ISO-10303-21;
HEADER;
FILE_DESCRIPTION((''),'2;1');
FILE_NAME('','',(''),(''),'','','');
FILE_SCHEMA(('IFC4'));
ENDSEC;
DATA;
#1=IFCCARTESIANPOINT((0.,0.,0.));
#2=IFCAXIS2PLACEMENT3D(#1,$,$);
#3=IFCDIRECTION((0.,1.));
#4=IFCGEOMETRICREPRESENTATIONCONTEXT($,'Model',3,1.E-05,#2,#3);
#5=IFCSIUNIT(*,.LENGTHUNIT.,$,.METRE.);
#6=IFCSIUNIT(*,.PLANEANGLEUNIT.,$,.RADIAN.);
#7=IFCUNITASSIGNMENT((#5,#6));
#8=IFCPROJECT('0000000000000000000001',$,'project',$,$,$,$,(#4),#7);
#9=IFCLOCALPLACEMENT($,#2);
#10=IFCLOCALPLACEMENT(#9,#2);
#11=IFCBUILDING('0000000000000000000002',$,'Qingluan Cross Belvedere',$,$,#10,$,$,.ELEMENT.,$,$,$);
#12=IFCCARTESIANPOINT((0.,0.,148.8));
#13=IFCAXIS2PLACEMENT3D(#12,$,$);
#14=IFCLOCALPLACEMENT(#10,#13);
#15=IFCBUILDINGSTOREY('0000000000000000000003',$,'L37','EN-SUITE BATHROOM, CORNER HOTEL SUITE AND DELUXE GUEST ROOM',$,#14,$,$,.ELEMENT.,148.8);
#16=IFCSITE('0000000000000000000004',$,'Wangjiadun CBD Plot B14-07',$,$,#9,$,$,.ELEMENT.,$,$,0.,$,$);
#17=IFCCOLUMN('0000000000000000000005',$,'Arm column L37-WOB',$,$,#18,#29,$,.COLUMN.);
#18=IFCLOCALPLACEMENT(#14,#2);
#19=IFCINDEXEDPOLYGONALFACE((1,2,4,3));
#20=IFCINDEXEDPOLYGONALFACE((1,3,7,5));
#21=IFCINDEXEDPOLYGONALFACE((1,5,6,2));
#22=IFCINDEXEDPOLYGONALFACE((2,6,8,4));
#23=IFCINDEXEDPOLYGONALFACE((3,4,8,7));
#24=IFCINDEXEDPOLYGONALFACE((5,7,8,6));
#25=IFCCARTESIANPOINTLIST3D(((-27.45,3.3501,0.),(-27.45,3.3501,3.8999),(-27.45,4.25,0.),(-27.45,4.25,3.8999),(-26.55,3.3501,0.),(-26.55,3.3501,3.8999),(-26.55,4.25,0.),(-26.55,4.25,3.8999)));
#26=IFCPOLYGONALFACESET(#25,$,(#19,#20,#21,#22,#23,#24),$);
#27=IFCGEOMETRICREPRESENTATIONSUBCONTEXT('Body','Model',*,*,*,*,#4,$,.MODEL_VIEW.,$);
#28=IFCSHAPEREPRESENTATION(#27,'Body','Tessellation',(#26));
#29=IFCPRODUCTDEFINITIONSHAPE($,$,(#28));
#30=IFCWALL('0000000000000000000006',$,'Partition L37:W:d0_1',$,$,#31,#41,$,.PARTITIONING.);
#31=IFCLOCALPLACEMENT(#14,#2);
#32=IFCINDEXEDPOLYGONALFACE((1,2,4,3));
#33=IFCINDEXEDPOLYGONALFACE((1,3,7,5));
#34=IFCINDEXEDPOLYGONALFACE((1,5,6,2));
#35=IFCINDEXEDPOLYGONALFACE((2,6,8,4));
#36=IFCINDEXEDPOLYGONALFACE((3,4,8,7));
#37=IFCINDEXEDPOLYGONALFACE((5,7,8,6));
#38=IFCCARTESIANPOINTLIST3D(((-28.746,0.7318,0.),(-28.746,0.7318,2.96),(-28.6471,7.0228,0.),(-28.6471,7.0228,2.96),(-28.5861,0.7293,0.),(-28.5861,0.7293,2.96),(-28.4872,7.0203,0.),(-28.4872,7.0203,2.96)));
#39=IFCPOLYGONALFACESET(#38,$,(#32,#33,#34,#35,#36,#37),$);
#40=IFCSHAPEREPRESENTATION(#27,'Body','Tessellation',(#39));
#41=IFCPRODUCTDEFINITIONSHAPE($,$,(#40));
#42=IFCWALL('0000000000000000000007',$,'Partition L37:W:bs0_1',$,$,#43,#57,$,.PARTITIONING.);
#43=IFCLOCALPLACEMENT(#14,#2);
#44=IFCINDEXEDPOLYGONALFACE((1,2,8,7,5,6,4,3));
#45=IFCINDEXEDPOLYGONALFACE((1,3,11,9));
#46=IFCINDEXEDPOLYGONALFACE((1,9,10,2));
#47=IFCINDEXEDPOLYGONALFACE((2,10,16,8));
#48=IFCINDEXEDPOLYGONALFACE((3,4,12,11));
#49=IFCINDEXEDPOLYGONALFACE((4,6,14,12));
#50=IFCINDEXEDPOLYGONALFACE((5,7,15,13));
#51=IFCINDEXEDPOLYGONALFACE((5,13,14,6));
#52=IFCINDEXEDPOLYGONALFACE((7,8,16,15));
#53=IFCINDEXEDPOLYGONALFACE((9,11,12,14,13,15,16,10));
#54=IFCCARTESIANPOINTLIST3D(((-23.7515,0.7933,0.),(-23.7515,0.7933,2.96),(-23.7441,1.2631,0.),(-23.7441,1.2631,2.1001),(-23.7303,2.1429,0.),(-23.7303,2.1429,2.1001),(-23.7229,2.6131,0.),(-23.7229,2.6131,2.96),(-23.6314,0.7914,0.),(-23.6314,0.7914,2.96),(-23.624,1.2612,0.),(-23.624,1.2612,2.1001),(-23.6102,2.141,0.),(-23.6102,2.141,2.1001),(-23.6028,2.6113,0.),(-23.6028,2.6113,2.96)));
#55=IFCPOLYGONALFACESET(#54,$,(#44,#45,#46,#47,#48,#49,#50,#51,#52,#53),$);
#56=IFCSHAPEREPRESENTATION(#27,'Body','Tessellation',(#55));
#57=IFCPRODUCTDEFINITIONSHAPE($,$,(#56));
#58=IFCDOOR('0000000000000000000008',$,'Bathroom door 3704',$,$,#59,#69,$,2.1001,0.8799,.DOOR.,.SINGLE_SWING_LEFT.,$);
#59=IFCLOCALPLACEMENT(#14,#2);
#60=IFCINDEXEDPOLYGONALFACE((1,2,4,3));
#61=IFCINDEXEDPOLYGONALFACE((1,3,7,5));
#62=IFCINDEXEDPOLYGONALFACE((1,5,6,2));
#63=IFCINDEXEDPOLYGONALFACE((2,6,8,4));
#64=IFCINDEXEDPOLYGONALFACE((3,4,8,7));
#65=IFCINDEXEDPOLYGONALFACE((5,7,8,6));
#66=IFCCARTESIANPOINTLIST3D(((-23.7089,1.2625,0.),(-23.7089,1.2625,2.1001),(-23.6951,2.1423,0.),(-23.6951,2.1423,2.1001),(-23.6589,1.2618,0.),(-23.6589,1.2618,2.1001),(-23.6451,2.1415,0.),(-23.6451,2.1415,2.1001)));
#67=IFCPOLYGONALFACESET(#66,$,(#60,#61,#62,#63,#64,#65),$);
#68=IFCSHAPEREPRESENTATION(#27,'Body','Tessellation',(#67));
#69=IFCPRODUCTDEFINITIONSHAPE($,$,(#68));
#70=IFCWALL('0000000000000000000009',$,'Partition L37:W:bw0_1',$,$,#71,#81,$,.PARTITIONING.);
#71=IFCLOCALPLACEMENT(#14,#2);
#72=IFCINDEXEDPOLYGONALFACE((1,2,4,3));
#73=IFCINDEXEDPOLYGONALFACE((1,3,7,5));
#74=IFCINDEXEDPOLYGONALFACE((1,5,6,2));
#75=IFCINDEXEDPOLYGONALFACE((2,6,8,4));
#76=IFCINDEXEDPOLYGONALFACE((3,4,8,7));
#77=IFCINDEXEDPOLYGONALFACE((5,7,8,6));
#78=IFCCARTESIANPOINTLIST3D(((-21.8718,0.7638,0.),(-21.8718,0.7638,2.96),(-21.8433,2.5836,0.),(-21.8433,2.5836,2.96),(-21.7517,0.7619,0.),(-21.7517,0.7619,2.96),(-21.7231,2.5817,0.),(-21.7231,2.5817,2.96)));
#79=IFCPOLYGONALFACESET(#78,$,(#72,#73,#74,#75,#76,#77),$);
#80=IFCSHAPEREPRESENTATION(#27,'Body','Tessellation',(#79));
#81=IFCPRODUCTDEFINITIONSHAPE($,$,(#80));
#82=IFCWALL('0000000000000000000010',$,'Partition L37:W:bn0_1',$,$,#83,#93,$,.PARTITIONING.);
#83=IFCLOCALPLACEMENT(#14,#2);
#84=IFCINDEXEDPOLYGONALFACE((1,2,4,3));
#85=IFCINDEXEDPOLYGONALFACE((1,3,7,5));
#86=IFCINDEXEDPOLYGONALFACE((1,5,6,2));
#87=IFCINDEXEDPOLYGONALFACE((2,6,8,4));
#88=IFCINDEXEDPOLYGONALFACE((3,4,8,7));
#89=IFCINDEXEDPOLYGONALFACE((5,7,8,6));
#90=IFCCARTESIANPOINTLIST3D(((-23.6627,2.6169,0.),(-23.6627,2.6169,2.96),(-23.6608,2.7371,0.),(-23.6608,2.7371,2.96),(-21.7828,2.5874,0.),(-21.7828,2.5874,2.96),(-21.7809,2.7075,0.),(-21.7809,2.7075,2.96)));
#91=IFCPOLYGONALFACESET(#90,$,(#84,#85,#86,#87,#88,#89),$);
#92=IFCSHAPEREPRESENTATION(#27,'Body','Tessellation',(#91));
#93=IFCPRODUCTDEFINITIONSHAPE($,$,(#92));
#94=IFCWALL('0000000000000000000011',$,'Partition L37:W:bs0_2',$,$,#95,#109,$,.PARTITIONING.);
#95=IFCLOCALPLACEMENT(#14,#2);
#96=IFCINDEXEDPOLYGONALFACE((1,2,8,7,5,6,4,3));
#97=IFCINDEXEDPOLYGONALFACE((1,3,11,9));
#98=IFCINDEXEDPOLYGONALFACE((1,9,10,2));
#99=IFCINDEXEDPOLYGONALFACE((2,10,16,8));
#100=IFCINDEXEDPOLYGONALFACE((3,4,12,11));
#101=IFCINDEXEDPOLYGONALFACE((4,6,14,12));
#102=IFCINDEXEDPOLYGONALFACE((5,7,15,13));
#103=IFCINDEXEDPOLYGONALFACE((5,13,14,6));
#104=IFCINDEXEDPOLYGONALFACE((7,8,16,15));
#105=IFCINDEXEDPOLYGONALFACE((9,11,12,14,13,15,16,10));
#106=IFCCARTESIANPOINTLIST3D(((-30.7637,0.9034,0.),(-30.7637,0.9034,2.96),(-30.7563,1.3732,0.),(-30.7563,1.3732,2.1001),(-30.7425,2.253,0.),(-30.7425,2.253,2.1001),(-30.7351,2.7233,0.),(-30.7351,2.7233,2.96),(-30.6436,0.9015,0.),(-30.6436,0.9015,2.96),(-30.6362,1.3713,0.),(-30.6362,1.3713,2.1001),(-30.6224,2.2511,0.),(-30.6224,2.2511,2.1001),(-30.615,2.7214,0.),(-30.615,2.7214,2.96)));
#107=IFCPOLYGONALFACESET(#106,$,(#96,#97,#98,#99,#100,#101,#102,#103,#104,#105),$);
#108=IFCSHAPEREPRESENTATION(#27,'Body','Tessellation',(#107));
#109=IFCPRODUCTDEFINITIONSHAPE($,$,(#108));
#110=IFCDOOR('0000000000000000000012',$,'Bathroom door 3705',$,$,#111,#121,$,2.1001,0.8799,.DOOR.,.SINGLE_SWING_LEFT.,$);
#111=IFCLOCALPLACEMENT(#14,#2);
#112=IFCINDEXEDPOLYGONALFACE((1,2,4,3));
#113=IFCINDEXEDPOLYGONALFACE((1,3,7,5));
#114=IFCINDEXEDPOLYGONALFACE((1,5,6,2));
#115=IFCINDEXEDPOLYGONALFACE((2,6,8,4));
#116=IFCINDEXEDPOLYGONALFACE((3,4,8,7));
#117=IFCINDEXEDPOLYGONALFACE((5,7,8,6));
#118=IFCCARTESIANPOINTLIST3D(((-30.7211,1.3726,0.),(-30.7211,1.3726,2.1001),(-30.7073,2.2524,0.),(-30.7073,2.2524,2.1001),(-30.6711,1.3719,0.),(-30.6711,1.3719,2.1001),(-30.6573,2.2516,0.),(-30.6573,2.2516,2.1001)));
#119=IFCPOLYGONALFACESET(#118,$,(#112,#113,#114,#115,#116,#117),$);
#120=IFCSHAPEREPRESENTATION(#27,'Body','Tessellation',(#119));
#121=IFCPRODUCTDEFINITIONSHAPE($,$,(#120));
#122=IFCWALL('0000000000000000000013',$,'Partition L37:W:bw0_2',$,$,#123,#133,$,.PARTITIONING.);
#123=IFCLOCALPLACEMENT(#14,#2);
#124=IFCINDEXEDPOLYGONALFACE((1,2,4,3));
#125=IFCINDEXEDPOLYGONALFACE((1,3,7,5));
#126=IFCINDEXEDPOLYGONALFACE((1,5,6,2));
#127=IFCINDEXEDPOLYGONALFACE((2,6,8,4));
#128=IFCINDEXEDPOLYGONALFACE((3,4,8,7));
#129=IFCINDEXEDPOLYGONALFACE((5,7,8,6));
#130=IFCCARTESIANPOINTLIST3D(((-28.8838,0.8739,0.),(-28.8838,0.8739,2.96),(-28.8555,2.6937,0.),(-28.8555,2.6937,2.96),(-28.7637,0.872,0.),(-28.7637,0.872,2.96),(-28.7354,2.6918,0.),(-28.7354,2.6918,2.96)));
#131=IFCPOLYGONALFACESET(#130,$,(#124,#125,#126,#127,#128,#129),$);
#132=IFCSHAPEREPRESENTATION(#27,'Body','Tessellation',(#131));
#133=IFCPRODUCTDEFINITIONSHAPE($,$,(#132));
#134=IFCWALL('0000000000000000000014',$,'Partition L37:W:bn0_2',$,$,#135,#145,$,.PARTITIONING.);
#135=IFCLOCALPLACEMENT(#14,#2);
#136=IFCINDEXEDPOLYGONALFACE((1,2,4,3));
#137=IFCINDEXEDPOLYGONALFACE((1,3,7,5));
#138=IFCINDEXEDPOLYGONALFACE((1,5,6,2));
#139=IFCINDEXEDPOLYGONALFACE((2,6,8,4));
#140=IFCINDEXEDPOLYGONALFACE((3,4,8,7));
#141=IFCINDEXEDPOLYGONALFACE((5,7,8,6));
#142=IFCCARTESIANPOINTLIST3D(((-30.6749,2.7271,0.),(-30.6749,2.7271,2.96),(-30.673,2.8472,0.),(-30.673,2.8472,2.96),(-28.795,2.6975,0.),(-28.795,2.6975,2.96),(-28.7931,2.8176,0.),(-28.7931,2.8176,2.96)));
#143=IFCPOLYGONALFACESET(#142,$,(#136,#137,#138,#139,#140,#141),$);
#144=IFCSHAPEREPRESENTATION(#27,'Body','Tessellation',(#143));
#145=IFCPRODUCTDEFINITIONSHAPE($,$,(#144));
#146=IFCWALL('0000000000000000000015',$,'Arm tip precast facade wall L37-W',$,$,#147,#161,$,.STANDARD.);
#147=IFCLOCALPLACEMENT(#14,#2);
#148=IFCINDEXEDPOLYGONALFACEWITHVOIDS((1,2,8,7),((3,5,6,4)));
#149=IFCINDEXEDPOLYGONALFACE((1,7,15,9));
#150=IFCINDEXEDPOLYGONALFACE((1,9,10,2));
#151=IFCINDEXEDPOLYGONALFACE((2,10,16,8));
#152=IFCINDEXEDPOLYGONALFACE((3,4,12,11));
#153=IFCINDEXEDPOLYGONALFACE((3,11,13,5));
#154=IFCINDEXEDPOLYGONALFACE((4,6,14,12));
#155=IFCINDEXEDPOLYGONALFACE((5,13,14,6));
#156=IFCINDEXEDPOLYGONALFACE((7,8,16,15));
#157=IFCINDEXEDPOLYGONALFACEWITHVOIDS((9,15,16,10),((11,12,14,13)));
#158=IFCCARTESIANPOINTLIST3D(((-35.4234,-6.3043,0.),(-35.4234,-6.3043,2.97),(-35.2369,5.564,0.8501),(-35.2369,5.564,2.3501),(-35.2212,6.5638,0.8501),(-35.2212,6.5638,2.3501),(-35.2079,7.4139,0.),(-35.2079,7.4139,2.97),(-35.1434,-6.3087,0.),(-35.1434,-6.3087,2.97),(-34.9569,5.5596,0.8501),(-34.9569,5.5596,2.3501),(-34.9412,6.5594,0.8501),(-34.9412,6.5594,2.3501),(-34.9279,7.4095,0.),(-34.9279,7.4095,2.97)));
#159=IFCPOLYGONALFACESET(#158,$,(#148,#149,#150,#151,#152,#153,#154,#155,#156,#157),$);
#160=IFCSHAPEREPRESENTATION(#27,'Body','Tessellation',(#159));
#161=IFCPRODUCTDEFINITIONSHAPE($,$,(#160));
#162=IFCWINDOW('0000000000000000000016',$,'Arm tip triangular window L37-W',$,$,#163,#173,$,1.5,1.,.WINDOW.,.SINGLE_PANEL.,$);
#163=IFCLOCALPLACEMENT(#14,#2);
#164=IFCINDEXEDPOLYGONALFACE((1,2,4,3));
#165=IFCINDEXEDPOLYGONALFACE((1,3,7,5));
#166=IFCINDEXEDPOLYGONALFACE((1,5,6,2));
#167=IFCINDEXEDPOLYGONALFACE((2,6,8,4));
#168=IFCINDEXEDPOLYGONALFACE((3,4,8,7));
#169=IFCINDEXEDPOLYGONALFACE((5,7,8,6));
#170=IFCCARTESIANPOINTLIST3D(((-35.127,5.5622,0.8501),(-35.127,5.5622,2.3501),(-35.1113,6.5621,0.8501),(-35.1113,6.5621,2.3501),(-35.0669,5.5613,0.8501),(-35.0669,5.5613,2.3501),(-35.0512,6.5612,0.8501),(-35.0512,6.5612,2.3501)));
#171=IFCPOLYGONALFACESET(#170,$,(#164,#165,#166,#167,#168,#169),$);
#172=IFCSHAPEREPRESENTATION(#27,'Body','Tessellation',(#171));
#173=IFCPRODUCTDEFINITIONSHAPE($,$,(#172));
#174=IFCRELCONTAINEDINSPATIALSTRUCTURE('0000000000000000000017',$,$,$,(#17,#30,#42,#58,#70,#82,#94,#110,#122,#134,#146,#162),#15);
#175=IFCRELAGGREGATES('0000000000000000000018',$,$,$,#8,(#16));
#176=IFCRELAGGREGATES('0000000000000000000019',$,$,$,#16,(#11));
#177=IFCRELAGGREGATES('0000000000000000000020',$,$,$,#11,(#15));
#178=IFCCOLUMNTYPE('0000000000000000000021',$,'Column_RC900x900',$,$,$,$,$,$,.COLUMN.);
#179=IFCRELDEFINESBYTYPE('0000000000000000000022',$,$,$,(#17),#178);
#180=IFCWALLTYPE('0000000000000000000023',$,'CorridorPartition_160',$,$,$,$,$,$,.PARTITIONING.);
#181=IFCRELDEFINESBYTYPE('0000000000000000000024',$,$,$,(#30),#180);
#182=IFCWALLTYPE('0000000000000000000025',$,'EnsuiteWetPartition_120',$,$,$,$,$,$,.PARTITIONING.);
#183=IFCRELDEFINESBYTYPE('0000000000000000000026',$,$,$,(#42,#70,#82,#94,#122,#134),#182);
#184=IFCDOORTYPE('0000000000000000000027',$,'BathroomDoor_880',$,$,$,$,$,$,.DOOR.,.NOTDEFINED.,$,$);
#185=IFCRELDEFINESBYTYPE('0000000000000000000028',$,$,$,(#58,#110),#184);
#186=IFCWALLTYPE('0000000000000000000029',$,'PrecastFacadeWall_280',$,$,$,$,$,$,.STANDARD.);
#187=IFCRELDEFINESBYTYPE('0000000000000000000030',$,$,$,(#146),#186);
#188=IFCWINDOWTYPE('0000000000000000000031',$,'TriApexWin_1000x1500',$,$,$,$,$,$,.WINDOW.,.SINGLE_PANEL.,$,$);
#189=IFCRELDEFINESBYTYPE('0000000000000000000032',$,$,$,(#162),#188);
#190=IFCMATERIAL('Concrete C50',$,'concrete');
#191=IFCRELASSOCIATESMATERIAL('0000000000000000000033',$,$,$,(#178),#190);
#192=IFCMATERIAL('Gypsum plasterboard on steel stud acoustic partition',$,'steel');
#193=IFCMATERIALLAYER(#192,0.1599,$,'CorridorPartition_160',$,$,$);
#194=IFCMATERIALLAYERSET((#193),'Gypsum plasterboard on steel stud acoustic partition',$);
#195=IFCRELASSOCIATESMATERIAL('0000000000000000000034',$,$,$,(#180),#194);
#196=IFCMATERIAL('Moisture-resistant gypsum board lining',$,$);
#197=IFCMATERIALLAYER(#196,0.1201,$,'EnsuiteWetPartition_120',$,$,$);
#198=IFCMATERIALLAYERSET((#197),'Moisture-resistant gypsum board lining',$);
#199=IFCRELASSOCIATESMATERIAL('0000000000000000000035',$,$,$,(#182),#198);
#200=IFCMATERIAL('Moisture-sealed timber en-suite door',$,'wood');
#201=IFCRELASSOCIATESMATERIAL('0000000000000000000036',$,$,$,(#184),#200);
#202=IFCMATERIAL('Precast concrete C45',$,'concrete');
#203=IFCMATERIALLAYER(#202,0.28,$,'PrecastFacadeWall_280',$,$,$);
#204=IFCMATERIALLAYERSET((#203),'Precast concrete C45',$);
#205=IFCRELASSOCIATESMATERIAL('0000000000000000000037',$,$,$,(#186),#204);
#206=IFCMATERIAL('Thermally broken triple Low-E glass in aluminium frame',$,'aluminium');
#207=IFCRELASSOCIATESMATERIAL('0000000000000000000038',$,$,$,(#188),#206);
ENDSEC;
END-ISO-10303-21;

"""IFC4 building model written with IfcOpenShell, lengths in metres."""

from ifc_helpers import new_model, si_unit, direction, frame, frame_2d, origin, origin_2d, place, context, subcontext, project, spatial, rectangle, extrude, material, layer, layer_set, material_profile, profile_set, type_object, element, fill, save


model = new_model("IFC4")

# Units and contexts
model_context = context("Model", 3, precision=1e-05, world=origin(), true_north=direction((0.0, 1.0)))
body_context = subcontext(model_context, "Body", "Model", "MODEL_VIEW")
ifc_project = project(units=[si_unit("LENGTHUNIT", "METRE"), si_unit("PLANEANGLEUNIT", "RADIAN")], contexts=[model_context])

# Site, building, storey
site_placement = place(None, origin())
site = spatial("IfcSite", under=ifc_project, at=site_placement, Name="Wangjiadun CBD Plot B14-07", CompositionType="ELEMENT", RefElevation=0.0)
building_placement = place(site_placement, origin())
building = spatial("IfcBuilding", under=site, at=building_placement, Name="Qingluan Cross Belvedere", CompositionType="ELEMENT")
storey_placement = place(building_placement, frame((0.0, 0.0, 148.8)))
storey = spatial("IfcBuildingStorey", under=building, at=storey_placement, Name="L37", Description="EN-SUITE BATHROOM, CORNER HOTEL SUITE AND DELUXE GUEST ROOM", CompositionType="ELEMENT", Elevation=148.8)

# Column
ifc_material_1 = material(Name="Concrete C50", Category="concrete")
ifc_material_profile = material_profile(ifc_material_1, rectangle(XDim=0.8999, YDim=0.8999, at=origin_2d()), Name="RC900x900")
ifc_profile_set = profile_set([ifc_material_profile], Name="Concrete C50")
column_type = type_object("IfcColumnType", Name="Column_RC900x900", PredefinedType="COLUMN", material=ifc_profile_set)
column_placement = place(storey_placement, frame((-27.0, 3.8, 0.0), z_axis=(0.0, 0.0, 1.0), x_axis=(1.0, 0.0, 0.0)))
element("IfcColumn", 1, at=column_placement, inside=storey, type_object=column_type, Name="Arm column L37-WOB", PredefinedType="COLUMN", context=body_context, shape_type="SweptSolid", body=[
    extrude(rectangle(XDim=0.8999, YDim=0.8999, at=origin_2d()), origin(), (0.0, 0.0, 1.0), 3.8999),
])

# Wall
ifc_material_2 = material(Name="Gypsum plasterboard on steel stud acoustic partition", Category="steel")
ifc_layer_1 = layer(ifc_material_2, 0.1599, Name="CorridorPartition_160")
ifc_layer_set_1 = layer_set([ifc_layer_1], Name="Gypsum plasterboard on steel stud acoustic partition")
wall_type_1 = type_object("IfcWallType", Name="CorridorPartition_160", PredefinedType="PARTITIONING", material=ifc_layer_set_1)
wall_1_placement = place(storey_placement, frame((-28.666, 0.7305, 0.0), z_axis=(0.0, 0.0, 1.0), x_axis=(0.015715, 0.999877, 0.0)))
element("IfcWall", 2, at=wall_1_placement, inside=storey, type_object=wall_type_1, Name="Partition L37:W:d0_1", PredefinedType="PARTITIONING", context=body_context, shape_type="SweptSolid", body=[
    extrude(rectangle(XDim=6.2917, YDim=0.1599, at=frame_2d((3.146, 0.0))), origin(), (0.0, 0.0, 1.0), 2.96),
])

# Wall, opening, door
ifc_material_3 = material(Name="Moisture-resistant gypsum board lining")
ifc_layer_2 = layer(ifc_material_3, 0.1201, Name="EnsuiteWetPartition_120")
ifc_layer_set_2 = layer_set([ifc_layer_2], Name="Moisture-resistant gypsum board lining")
wall_type_2 = type_object("IfcWallType", Name="EnsuiteWetPartition_120", PredefinedType="PARTITIONING", material=ifc_layer_set_2)
wall_2_placement = place(storey_placement, frame((-23.6914, 0.7922, 0.0), z_axis=(0.0, 0.0, 1.0), x_axis=(0.015694, 0.999877, 0.0)))
wall_2 = element("IfcWall", 3, at=wall_2_placement, inside=storey, type_object=wall_type_2, Name="Partition L37:W:bs0_1", PredefinedType="PARTITIONING", context=body_context, shape_type="SweptSolid", body=[
    extrude(rectangle(XDim=1.8201, YDim=0.1201, at=frame_2d((0.9102, 0.0))), origin(), (0.0, 0.0, 1.0), 2.96),
])
opening_1_placement = place(wall_2_placement, frame((0.47, 0.0, 0.0)))
opening_1 = element("IfcOpeningElement", 4, at=opening_1_placement, cuts=wall_2, PredefinedType="OPENING", context=body_context, shape_type="SweptSolid", body=[
    extrude(rectangle(XDim=0.8799, YDim=2.1001, at=frame_2d((0.4399, 1.05))), frame((0.0, 0.0701, 0.0), z_axis=(0.0, -1.0, 0.0), x_axis=(1.0, 0.0, 0.0)), (0.0, 0.0, 1.0), 0.1401),
])
ifc_material_4 = material(Name="Moisture-sealed timber en-suite door", Category="wood")
door_type = type_object("IfcDoorType", Name="BathroomDoor_880", OperationType="NOTDEFINED", PredefinedType="DOOR", material=ifc_material_4)
door_1_placement = place(opening_1_placement, origin())
door_1 = element("IfcDoor", 5, at=door_1_placement, inside=storey, type_object=door_type, Name="Bathroom door 3704", OperationType="SINGLE_SWING_LEFT", OverallHeight=2.1001, OverallWidth=0.8799, PredefinedType="DOOR", context=body_context, shape_type="SweptSolid", body=[
    extrude(rectangle(XDim=0.8799, YDim=2.1001, at=frame_2d((0.4399, 1.05))), frame((0.0, 0.0249, 0.0), z_axis=(0.0, -1.0, 0.0), x_axis=(1.0, 0.0, 0.0)), (0.0, 0.0, 1.0), 0.05),
])
fill(opening_1, door_1)

# Walls
wall_3_placement = place(storey_placement, frame((-21.8118, 0.7627, 0.0), z_axis=(0.0, 0.0, 1.0), x_axis=(0.015694, 0.999877, 0.0)))
element("IfcWall", 6, at=wall_3_placement, inside=storey, type_object=wall_type_2, Name="Partition L37:W:bw0_1", PredefinedType="PARTITIONING", context=body_context, shape_type="SweptSolid", body=[
    extrude(rectangle(XDim=1.8201, YDim=0.1201, at=frame_2d((0.9102, 0.0))), origin(), (0.0, 0.0, 1.0), 2.96),
])
wall_4_placement = place(storey_placement, frame((-21.782, 2.6475, 0.0), z_axis=(0.0, 0.0, 1.0), x_axis=(-0.999877, 0.015712, 0.0)))
element("IfcWall", 7, at=wall_4_placement, inside=storey, type_object=wall_type_2, Name="Partition L37:W:bn0_1", PredefinedType="PARTITIONING", context=body_context, shape_type="SweptSolid", body=[
    extrude(rectangle(XDim=1.8801, YDim=0.1201, at=frame_2d((0.9399, 0.0))), origin(), (0.0, 0.0, 1.0), 2.96),
])

# Wall, opening, door
wall_5_placement = place(storey_placement, frame((-30.7036, 0.9023, 0.0), z_axis=(0.0, 0.0, 1.0), x_axis=(0.015694, 0.999877, 0.0)))
wall_5 = element("IfcWall", 8, at=wall_5_placement, inside=storey, type_object=wall_type_2, Name="Partition L37:W:bs0_2", PredefinedType="PARTITIONING", context=body_context, shape_type="SweptSolid", body=[
    extrude(rectangle(XDim=1.8201, YDim=0.1201, at=frame_2d((0.9102, 0.0))), origin(), (0.0, 0.0, 1.0), 2.96),
])
opening_2_placement = place(wall_5_placement, frame((0.47, 0.0, 0.0)))
opening_2 = element("IfcOpeningElement", 9, at=opening_2_placement, cuts=wall_5, PredefinedType="OPENING", context=body_context, shape_type="SweptSolid", body=[
    extrude(rectangle(XDim=0.8799, YDim=2.1001, at=frame_2d((0.4399, 1.05))), frame((0.0, 0.0701, 0.0), z_axis=(0.0, -1.0, 0.0), x_axis=(1.0, 0.0, 0.0)), (0.0, 0.0, 1.0), 0.1401),
])
door_2_placement = place(opening_2_placement, origin())
door_2 = element("IfcDoor", 10, at=door_2_placement, inside=storey, type_object=door_type, Name="Bathroom door 3705", OperationType="SINGLE_SWING_LEFT", OverallHeight=2.1001, OverallWidth=0.8799, PredefinedType="DOOR", context=body_context, shape_type="SweptSolid", body=[
    extrude(rectangle(XDim=0.8799, YDim=2.1001, at=frame_2d((0.4399, 1.05))), frame((0.0, 0.0249, 0.0), z_axis=(0.0, -1.0, 0.0), x_axis=(1.0, 0.0, 0.0)), (0.0, 0.0, 1.0), 0.05),
])
fill(opening_2, door_2)

# Walls
wall_6_placement = place(storey_placement, frame((-28.8237, 0.8728, 0.0), z_axis=(0.0, 0.0, 1.0), x_axis=(0.01556, 0.999879, 0.0)))
element("IfcWall", 11, at=wall_6_placement, inside=storey, type_object=wall_type_2, Name="Partition L37:W:bw0_2", PredefinedType="PARTITIONING", context=body_context, shape_type="SweptSolid", body=[
    extrude(rectangle(XDim=1.8201, YDim=0.1201, at=frame_2d((0.9102, 0.0))), origin(), (0.0, 0.0, 1.0), 2.96),
])
wall_7_placement = place(storey_placement, frame((-28.7942, 2.7576, 0.0), z_axis=(0.0, 0.0, 1.0), x_axis=(-0.999877, 0.015712, 0.0)))
element("IfcWall", 12, at=wall_7_placement, inside=storey, type_object=wall_type_2, Name="Partition L37:W:bn0_2", PredefinedType="PARTITIONING", context=body_context, shape_type="SweptSolid", body=[
    extrude(rectangle(XDim=1.8801, YDim=0.1201, at=frame_2d((0.9399, 0.0))), origin(), (0.0, 0.0, 1.0), 2.96),
])

# Wall, opening, window
ifc_material_5 = material(Name="Precast concrete C45", Category="concrete")
ifc_layer_3 = layer(ifc_material_5, 0.28, Name="PrecastFacadeWall_280")
ifc_layer_set_3 = layer_set([ifc_layer_3], Name="Precast concrete C45")
wall_type_3 = type_object("IfcWallType", Name="PrecastFacadeWall_280", PredefinedType="STANDARD", material=ifc_layer_set_3)
wall_8_placement = place(storey_placement, frame((-35.0679, 7.4116, 0.0), z_axis=(0.0, 0.0, 1.0), x_axis=(-0.015713, -0.999877, 0.0)))
wall_8 = element("IfcWall", 13, at=wall_8_placement, inside=storey, type_object=wall_type_3, Name="Arm tip precast facade wall L37-W", PredefinedType="STANDARD", context=body_context, shape_type="SweptSolid", body=[
    extrude(rectangle(XDim=13.72, YDim=0.28, at=frame_2d((6.8599, 0.0))), origin(), (0.0, 0.0, 1.0), 2.97),
])
opening_3_placement = place(wall_8_placement, frame((0.8501, 0.0, 0.8501)))
opening_3 = element("IfcOpeningElement", 14, at=opening_3_placement, cuts=wall_8, PredefinedType="OPENING", context=body_context, shape_type="SweptSolid", body=[
    extrude(rectangle(XDim=1.0, YDim=1.5, at=frame_2d((0.5, 0.75))), frame((0.0, 0.1499, 0.0), z_axis=(0.0, -1.0, 0.0), x_axis=(1.0, 0.0, 0.0)), (0.0, 0.0, 1.0), 0.3),
])
ifc_material_6 = material(Name="Thermally broken triple Low-E glass in aluminium frame", Category="aluminium")
window_type = type_object("IfcWindowType", Name="TriApexWin_1000x1500", PartitioningType="SINGLE_PANEL", PredefinedType="WINDOW", material=ifc_material_6)
window_placement = place(opening_3_placement, origin())
window = element("IfcWindow", 15, at=window_placement, inside=storey, type_object=window_type, Name="Arm tip triangular window L37-W", OverallHeight=1.5, OverallWidth=1.0, PartitioningType="SINGLE_PANEL", PredefinedType="WINDOW", context=body_context, shape_type="SweptSolid", body=[
    extrude(rectangle(XDim=1.0, YDim=1.5, at=frame_2d((0.5, 0.75))), frame((0.0, 0.03, 0.0), z_axis=(0.0, -1.0, 0.0), x_axis=(1.0, 0.0, 0.0)), (0.0, 0.0, 1.0), 0.0601),
])
fill(opening_3, window)

save(model, "model.ifc")
